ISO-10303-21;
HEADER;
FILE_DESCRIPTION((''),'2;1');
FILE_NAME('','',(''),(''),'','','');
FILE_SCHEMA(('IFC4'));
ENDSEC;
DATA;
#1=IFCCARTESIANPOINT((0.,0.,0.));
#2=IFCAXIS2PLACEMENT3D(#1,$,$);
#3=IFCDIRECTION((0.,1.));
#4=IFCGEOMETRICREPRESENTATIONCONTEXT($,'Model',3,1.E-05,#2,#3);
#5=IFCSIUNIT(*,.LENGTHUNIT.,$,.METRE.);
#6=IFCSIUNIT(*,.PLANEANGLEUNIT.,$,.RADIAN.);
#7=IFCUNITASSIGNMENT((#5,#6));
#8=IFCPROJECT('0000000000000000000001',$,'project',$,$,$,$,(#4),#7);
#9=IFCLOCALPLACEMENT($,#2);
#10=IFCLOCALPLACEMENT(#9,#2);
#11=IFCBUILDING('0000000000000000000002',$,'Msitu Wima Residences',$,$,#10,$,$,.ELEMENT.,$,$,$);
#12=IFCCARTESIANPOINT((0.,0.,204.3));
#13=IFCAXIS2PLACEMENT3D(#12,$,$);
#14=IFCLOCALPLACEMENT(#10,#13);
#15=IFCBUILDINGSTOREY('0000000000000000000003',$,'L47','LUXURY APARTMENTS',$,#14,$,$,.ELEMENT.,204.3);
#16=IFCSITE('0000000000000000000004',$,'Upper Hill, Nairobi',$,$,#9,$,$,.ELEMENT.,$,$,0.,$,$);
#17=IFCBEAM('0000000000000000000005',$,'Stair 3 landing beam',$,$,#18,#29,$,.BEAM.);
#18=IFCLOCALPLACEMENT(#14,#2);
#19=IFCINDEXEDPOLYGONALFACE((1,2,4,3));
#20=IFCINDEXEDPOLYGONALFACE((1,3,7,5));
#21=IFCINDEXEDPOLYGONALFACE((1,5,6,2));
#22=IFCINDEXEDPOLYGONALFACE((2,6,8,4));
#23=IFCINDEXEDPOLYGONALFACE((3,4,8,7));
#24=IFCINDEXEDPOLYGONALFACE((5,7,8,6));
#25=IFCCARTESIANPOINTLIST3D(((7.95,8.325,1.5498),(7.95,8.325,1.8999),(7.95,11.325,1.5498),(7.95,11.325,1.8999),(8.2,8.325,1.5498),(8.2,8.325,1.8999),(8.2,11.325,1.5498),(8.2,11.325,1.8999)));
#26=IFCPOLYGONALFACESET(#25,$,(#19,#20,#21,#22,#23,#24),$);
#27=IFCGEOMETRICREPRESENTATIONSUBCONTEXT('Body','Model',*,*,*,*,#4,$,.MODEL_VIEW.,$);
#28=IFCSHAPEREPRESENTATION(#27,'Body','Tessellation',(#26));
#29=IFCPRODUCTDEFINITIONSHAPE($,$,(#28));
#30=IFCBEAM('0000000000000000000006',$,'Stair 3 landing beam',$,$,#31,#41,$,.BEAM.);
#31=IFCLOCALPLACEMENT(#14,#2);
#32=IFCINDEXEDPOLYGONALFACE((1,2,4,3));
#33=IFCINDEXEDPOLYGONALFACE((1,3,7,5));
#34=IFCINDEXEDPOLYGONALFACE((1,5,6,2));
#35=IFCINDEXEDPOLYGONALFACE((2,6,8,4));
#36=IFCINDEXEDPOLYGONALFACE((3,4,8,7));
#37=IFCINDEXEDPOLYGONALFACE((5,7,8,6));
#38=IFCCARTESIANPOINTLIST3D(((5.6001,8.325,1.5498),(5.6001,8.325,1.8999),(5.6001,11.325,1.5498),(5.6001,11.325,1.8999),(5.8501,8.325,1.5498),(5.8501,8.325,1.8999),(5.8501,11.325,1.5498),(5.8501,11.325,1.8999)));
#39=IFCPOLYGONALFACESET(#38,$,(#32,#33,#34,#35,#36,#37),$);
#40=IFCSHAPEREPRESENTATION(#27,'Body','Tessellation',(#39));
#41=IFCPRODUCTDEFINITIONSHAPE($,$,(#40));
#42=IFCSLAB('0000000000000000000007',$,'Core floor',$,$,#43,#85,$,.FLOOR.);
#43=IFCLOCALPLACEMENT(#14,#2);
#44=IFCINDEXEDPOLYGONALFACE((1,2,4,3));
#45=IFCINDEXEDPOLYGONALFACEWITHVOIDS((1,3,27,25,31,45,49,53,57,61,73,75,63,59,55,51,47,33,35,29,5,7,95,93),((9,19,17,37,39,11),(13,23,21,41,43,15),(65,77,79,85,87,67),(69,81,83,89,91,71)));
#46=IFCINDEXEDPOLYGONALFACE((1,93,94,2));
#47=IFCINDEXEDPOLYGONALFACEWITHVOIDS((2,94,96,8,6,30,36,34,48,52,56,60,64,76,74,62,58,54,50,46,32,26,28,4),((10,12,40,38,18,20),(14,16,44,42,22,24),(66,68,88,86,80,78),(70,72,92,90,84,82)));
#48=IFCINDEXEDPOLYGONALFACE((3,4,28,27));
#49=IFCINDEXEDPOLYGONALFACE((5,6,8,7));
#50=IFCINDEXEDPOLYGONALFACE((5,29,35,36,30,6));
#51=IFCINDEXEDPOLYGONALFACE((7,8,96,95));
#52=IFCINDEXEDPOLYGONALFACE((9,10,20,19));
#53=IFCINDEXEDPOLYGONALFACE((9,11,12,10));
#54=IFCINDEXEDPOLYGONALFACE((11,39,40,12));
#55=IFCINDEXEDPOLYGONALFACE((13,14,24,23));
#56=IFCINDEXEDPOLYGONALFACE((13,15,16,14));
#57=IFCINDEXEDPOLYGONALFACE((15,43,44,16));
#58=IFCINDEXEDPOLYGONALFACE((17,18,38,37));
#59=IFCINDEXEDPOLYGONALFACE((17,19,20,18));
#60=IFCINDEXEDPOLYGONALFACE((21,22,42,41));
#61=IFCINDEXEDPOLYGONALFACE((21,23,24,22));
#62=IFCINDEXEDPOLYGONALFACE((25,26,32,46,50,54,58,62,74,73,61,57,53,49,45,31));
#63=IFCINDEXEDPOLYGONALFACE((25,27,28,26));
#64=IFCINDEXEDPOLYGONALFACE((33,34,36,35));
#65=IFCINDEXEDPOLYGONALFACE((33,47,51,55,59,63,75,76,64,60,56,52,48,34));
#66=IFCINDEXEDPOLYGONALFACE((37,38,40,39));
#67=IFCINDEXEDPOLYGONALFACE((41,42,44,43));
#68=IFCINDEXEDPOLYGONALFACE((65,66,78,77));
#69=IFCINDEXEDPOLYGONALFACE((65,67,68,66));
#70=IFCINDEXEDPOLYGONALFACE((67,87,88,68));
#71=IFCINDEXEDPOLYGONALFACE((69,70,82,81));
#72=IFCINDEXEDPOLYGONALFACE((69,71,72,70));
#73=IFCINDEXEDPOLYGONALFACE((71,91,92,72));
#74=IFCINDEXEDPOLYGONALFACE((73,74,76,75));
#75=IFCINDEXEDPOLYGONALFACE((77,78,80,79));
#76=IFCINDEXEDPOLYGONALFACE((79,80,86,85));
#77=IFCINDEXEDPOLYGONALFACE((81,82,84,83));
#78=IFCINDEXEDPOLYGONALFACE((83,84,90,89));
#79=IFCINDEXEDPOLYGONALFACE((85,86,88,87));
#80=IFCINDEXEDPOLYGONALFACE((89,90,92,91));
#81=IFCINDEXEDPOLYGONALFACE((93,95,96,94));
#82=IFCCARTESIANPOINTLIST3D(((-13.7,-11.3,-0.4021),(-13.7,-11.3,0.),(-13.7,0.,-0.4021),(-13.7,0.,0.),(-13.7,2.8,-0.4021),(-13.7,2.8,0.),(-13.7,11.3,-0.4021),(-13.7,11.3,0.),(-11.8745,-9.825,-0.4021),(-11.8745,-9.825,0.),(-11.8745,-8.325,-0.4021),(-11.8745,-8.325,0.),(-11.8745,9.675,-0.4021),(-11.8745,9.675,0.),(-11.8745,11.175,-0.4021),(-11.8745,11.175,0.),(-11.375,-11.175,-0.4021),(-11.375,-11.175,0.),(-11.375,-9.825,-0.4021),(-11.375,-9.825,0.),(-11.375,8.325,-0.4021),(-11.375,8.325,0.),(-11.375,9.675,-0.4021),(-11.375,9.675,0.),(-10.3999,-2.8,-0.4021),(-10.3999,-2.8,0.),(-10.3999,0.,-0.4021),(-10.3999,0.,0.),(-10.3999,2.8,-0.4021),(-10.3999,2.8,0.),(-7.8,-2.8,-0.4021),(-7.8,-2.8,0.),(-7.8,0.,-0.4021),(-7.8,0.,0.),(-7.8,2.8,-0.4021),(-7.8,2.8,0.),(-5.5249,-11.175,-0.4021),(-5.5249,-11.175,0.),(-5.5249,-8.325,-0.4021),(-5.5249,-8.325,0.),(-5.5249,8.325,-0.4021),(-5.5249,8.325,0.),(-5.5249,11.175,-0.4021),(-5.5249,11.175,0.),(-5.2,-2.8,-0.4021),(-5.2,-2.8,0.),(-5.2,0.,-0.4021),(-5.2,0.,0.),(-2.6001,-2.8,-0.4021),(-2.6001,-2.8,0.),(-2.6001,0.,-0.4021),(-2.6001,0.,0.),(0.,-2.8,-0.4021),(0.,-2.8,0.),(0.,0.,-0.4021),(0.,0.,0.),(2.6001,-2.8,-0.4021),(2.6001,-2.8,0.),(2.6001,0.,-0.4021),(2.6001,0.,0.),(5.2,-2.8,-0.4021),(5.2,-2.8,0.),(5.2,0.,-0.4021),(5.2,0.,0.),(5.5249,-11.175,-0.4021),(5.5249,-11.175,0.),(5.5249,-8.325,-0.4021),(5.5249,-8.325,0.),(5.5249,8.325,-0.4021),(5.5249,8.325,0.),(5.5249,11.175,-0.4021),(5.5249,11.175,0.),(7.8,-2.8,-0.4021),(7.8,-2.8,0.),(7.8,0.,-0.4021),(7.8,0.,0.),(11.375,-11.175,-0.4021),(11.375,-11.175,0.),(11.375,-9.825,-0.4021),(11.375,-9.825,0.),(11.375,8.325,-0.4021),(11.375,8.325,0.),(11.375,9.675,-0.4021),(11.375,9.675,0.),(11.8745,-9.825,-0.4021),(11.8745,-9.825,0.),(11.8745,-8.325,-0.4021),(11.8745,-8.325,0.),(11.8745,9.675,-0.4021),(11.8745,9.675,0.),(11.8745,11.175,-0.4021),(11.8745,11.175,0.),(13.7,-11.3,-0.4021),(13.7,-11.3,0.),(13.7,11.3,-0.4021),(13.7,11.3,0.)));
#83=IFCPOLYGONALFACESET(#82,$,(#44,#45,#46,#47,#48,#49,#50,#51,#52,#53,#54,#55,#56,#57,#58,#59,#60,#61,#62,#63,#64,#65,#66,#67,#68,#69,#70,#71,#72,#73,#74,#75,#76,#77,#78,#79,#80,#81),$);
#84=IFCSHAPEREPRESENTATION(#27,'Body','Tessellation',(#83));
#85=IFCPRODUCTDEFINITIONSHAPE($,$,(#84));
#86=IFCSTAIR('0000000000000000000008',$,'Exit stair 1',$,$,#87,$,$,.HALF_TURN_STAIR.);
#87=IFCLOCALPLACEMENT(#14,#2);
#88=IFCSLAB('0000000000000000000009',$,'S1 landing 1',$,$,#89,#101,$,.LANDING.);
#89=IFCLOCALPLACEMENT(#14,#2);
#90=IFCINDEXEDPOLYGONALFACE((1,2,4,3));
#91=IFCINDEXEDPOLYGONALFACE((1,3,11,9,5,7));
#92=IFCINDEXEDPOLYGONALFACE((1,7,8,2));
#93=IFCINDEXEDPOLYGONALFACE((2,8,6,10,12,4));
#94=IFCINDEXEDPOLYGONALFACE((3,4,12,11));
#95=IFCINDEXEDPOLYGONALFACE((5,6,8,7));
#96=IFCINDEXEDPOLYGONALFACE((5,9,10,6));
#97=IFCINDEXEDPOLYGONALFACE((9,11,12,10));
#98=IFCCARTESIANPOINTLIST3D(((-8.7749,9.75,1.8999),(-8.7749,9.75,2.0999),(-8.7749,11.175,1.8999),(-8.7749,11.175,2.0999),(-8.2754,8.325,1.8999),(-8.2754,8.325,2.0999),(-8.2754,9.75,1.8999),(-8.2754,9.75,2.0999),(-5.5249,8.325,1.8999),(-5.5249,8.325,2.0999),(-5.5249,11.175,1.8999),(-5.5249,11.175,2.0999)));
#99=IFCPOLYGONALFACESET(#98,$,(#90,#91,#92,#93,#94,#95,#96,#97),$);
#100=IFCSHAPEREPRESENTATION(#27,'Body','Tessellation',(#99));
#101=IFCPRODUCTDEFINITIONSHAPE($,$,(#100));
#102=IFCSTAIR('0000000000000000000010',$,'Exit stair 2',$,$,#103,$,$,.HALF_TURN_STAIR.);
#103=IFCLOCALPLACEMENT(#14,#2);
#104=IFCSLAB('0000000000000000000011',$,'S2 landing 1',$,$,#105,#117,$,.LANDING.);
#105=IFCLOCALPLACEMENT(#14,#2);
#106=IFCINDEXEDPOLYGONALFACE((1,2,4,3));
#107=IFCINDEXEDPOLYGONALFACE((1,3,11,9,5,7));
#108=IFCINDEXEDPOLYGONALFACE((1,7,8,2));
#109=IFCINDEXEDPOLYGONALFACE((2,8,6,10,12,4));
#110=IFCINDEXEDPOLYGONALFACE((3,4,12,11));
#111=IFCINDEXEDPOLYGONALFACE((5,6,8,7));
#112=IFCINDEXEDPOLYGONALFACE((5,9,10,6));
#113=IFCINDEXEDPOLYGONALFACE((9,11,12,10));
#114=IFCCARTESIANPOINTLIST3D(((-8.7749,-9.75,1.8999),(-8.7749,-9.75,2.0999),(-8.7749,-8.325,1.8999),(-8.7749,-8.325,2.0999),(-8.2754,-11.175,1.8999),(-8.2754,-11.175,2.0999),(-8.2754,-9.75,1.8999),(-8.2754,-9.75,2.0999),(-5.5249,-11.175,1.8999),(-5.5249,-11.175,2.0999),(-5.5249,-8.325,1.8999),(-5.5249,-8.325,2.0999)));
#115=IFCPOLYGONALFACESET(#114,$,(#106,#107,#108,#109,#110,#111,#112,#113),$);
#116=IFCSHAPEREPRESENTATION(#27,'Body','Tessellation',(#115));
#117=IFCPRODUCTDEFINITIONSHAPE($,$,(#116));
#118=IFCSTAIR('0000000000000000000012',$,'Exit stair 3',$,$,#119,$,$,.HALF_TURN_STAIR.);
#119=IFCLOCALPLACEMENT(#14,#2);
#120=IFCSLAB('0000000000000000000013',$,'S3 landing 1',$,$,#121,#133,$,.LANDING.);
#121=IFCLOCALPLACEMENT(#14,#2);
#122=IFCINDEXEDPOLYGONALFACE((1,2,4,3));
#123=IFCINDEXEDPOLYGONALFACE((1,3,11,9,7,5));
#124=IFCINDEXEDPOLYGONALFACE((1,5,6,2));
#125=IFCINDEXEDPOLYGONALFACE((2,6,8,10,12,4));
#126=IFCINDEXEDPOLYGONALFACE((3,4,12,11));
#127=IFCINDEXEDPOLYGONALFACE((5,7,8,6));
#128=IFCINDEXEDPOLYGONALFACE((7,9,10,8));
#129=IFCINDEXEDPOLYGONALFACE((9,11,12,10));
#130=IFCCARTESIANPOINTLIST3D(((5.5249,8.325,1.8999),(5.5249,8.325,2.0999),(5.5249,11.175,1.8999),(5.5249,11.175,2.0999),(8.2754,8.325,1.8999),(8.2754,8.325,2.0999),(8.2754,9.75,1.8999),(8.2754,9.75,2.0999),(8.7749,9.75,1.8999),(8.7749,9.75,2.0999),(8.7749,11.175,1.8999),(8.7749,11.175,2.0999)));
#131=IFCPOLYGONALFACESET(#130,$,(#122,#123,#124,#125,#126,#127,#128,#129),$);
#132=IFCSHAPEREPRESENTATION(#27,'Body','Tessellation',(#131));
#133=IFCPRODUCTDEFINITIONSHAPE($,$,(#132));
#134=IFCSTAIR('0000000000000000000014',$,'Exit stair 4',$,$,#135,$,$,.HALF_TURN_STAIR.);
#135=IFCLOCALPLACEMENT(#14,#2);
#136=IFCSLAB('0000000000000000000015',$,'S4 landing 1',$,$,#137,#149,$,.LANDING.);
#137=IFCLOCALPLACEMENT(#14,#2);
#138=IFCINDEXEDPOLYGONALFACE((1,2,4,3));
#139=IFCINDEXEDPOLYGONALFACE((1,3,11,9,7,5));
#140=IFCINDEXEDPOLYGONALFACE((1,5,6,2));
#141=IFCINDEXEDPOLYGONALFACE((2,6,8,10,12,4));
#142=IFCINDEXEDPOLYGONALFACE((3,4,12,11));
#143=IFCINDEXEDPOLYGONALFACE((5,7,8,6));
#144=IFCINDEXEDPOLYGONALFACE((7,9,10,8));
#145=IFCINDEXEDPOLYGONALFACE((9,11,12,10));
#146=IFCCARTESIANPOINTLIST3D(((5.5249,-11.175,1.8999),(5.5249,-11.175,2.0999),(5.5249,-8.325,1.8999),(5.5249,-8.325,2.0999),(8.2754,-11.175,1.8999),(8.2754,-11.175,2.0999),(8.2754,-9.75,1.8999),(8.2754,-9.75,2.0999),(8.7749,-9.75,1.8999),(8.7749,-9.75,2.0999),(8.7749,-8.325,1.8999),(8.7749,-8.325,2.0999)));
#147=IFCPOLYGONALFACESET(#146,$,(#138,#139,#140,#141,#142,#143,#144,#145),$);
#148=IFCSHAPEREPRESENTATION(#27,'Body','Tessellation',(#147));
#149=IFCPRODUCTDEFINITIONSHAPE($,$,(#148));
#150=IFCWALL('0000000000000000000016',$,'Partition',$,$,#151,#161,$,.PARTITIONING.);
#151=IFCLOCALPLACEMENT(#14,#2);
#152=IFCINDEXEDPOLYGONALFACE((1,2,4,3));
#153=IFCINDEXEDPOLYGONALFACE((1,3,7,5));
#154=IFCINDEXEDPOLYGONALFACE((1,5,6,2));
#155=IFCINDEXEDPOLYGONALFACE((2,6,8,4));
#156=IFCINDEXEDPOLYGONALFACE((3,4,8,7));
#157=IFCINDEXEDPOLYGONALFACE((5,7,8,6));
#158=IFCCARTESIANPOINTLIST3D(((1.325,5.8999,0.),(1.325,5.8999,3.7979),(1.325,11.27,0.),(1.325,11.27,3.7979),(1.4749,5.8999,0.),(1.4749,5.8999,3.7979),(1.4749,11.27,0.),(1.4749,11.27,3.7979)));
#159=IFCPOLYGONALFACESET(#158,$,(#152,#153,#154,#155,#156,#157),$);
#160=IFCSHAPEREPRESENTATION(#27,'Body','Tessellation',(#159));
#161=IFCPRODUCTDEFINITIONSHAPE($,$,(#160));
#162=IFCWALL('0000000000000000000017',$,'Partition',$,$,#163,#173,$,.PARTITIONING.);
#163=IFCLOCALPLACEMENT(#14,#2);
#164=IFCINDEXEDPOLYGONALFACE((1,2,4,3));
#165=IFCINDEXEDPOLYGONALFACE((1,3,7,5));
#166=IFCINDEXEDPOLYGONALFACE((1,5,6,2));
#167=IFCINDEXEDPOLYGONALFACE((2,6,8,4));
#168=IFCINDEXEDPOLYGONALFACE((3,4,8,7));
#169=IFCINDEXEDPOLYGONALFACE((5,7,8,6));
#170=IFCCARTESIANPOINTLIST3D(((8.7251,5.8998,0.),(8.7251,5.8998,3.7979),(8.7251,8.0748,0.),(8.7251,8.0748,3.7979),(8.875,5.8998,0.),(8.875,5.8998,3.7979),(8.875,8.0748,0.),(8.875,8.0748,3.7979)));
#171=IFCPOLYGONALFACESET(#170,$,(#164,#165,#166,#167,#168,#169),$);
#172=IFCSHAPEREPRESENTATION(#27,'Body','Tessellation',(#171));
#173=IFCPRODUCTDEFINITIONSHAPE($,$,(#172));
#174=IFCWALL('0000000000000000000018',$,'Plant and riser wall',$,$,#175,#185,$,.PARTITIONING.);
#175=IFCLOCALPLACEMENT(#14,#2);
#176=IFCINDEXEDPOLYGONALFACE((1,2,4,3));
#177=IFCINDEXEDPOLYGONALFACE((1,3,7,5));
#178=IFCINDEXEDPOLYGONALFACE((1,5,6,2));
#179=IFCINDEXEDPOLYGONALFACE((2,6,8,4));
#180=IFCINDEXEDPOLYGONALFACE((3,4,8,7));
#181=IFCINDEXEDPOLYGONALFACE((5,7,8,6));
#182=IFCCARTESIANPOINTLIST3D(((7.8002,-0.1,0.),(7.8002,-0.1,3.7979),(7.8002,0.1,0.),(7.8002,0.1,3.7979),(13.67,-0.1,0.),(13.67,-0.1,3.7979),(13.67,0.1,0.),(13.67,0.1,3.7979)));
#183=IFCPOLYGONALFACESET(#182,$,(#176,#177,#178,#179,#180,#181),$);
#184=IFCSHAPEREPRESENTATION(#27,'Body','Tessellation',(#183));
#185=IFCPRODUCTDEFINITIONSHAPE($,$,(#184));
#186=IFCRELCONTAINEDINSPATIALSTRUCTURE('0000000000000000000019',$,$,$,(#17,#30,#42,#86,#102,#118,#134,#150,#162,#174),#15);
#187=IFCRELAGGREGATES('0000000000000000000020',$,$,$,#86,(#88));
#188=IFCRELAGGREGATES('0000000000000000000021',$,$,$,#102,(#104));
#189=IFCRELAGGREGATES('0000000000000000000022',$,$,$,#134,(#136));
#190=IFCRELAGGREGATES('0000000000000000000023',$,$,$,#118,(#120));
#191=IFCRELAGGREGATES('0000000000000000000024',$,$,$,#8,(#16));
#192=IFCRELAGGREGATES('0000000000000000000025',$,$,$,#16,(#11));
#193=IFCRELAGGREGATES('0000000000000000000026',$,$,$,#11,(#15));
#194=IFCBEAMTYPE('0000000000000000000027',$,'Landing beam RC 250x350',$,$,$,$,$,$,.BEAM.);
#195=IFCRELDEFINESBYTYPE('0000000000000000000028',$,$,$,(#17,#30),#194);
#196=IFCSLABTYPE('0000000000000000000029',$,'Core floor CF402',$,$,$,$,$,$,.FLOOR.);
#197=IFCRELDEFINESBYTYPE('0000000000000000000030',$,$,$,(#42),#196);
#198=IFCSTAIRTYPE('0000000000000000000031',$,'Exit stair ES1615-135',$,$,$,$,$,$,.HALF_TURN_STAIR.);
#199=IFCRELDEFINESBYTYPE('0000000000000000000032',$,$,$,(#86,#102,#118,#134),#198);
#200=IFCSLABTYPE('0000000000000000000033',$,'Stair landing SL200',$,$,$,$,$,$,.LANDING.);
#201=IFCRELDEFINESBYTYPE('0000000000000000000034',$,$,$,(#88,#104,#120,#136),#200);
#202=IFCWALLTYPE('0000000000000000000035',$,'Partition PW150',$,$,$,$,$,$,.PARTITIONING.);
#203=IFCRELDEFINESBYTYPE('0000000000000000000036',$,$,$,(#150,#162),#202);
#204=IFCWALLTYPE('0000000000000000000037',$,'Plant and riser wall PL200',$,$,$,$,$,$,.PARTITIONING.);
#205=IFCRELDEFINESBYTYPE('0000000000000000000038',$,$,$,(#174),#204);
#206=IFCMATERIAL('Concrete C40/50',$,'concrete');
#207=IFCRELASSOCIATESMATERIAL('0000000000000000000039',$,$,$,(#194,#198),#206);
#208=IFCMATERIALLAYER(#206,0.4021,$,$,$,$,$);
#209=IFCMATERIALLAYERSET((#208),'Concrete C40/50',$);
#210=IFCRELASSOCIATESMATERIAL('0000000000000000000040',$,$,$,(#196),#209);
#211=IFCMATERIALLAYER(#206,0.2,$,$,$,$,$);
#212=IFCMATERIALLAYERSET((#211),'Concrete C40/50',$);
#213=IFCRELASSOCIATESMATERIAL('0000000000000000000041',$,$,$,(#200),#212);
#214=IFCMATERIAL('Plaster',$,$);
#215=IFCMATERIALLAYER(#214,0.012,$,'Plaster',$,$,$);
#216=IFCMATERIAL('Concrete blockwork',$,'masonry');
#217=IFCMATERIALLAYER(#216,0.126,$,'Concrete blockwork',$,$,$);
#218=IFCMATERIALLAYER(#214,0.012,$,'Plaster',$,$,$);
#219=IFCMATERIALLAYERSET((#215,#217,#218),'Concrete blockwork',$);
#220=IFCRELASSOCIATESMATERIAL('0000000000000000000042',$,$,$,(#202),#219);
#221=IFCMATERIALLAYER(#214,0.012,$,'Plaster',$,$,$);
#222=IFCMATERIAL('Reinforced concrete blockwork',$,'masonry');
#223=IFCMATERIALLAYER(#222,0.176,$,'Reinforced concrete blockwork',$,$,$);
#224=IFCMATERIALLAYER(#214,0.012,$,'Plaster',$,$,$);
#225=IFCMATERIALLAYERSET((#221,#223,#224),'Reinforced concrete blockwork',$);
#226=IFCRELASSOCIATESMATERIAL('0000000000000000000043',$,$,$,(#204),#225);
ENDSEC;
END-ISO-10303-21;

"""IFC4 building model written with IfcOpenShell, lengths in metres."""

from ifc_helpers import new_model, si_unit, direction, frame, frame_2d, origin, origin_2d, place, context, subcontext, project, spatial, polyline, rectangle, outline, extrude, material, layer, layer_set, material_profile, profile_set, type_object, element, aggregate, save


model = new_model("IFC4")

# Units and contexts
model_context = context("Model", 3, precision=1e-05, world=origin(), true_north=direction((0.0, 1.0)))
body_context = subcontext(model_context, "Body", "Model", "MODEL_VIEW")
ifc_project = project(units=[si_unit("LENGTHUNIT", "METRE"), si_unit("PLANEANGLEUNIT", "RADIAN")], contexts=[model_context])

# Site, building, storey
site_placement = place(None, origin())
site = spatial("IfcSite", under=ifc_project, at=site_placement, Name="Upper Hill, Nairobi", CompositionType="ELEMENT", RefElevation=0.0)
building_placement = place(site_placement, origin())
building = spatial("IfcBuilding", under=site, at=building_placement, Name="Msitu Wima Residences", CompositionType="ELEMENT")
storey_placement = place(building_placement, frame((0.0, 0.0, 204.3)))
storey = spatial("IfcBuildingStorey", under=building, at=storey_placement, Name="L47", Description="LUXURY APARTMENTS", CompositionType="ELEMENT", Elevation=204.3)

# Beams
ifc_material_1 = material(Name="Concrete C40/50", Category="concrete")
ifc_material_profile = material_profile(ifc_material_1, rectangle(XDim=0.25, YDim=0.3501, at=origin_2d()), Name="RC 250x350")
ifc_profile_set = profile_set([ifc_material_profile], Name="Concrete C40/50")
beam_type = type_object("IfcBeamType", Name="Landing beam RC 250x350", PredefinedType="BEAM", material=ifc_profile_set)
for number, where, z_axis, x_axis, name in (
    (1, (8.075, 8.325, 1.7249), (0.0, 1.0, 0.0), (-1.0, 0.0, 0.0), "Stair 3 landing beam"),
    (2, (5.7251, 8.325, 1.7249), (0.0, 1.0, 0.0), (-1.0, 0.0, 0.0), "Stair 3 landing beam"),
):
    element("IfcBeam", number, at=place(storey_placement, frame(where, z_axis=z_axis, x_axis=x_axis)), inside=storey, type_object=beam_type, Name=name, PredefinedType="BEAM", context=body_context, shape_type="SweptSolid", body=[
        extrude(rectangle(XDim=0.25, YDim=0.3501, at=origin_2d()), origin(), (0.0, 0.0, 1.0), 3.0),
    ])

# Slab
ifc_layer_1 = layer(ifc_material_1, 0.4021)
ifc_layer_set_1 = layer_set([ifc_layer_1], Name="Concrete C40/50")
slab_type_1 = type_object("IfcSlabType", Name="Core floor CF402", PredefinedType="FLOOR", material=ifc_layer_set_1)
slab_1_placement = place(storey_placement, frame((0.0, 0.0, -0.4021)))
element("IfcSlab", 3, at=slab_1_placement, inside=storey, type_object=slab_type_1, Name="Core floor", PredefinedType="FLOOR", context=body_context, shape_type="SweptSolid", body=[
    extrude(outline(polyline([(-13.7, 11.3), (-13.7, 2.8), (-10.3999, 2.8), (-7.8, 2.8), (-7.8, 0.0), (-5.2, 0.0), (-2.6001, 0.0), (0.0, 0.0), (2.6001, 0.0), (5.2, 0.0), (7.8, 0.0), (7.8, -2.8), (5.2, -2.8), (2.6001, -2.8), (0.0, -2.8), (-2.6001, -2.8), (-5.2, -2.8), (-7.8, -2.8), (-10.3999, -2.8), (-10.3999, 0.0), (-13.7, 0.0), (-13.7, -11.3), (13.7, -11.3), (13.7, 11.3), (-13.7, 11.3)]), holes=[polyline([(-11.375, -11.175), (-11.375, -9.825), (-11.8745, -9.825), (-11.8745, -8.325), (-5.5249, -8.325), (-5.5249, -11.175), (-11.375, -11.175)]), polyline([(-11.375, 8.325), (-11.375, 9.675), (-11.8745, 9.675), (-11.8745, 11.175), (-5.5249, 11.175), (-5.5249, 8.325), (-11.375, 8.325)]), polyline([(11.375, -9.825), (11.375, -11.175), (5.5249, -11.175), (5.5249, -8.325), (11.8745, -8.325), (11.8745, -9.825), (11.375, -9.825)]), polyline([(11.375, 9.675), (11.375, 8.325), (5.5249, 8.325), (5.5249, 11.175), (11.8745, 11.175), (11.8745, 9.675), (11.375, 9.675)])]), origin(), (0.0, 0.0, 1.0), 0.4021),
])

# Stairs, slabs
stair_type = type_object("IfcStairType", Name="Exit stair ES1615-135", PredefinedType="HALF_TURN_STAIR", material=ifc_material_1)
stair_1_placement = place(storey_placement, origin())
stair_1 = element("IfcStair", 4, at=stair_1_placement, inside=storey, type_object=stair_type, Name="Exit stair 1", PredefinedType="HALF_TURN_STAIR")
ifc_layer_2 = layer(ifc_material_1, 0.2)
ifc_layer_set_2 = layer_set([ifc_layer_2], Name="Concrete C40/50")
slab_type_2 = type_object("IfcSlabType", Name="Stair landing SL200", PredefinedType="LANDING", material=ifc_layer_set_2)
slab_2_placement = place(storey_placement, frame((0.0, 0.0, 1.8999)))
slab_2 = element("IfcSlab", 5, at=slab_2_placement, type_object=slab_type_2, Name="S1 landing 1", PredefinedType="LANDING", context=body_context, shape_type="SweptSolid", body=[
    extrude(outline(polyline([(-5.5249, 8.325), (-8.2754, 8.325), (-8.2754, 9.75), (-8.7749, 9.75), (-8.7749, 11.175), (-5.5249, 11.175), (-5.5249, 8.325)])), origin(), (0.0, 0.0, 1.0), 0.2),
])
aggregate(stair_1, [slab_2])
stair_2_placement = place(storey_placement, origin())
stair_2 = element("IfcStair", 6, at=stair_2_placement, inside=storey, type_object=stair_type, Name="Exit stair 2", PredefinedType="HALF_TURN_STAIR")
slab_3_placement = place(storey_placement, frame((0.0, 0.0, 1.8999)))
slab_3 = element("IfcSlab", 7, at=slab_3_placement, type_object=slab_type_2, Name="S2 landing 1", PredefinedType="LANDING", context=body_context, shape_type="SweptSolid", body=[
    extrude(outline(polyline([(-5.5249, -11.175), (-8.2754, -11.175), (-8.2754, -9.75), (-8.7749, -9.75), (-8.7749, -8.325), (-5.5249, -8.325), (-5.5249, -11.175)])), origin(), (0.0, 0.0, 1.0), 0.2),
])
aggregate(stair_2, [slab_3])
stair_3_placement = place(storey_placement, origin())
stair_3 = element("IfcStair", 8, at=stair_3_placement, inside=storey, type_object=stair_type, Name="Exit stair 3", PredefinedType="HALF_TURN_STAIR")
slab_4_placement = place(storey_placement, frame((0.0, 0.0, 1.8999)))
slab_4 = element("IfcSlab", 9, at=slab_4_placement, type_object=slab_type_2, Name="S3 landing 1", PredefinedType="LANDING", context=body_context, shape_type="SweptSolid", body=[
    extrude(outline(polyline([(5.5249, 8.325), (8.2754, 8.325), (8.2754, 9.75), (8.7749, 9.75), (8.7749, 11.175), (5.5249, 11.175), (5.5249, 8.325)])), origin(), (0.0, 0.0, 1.0), 0.2),
])
stair_4_placement = place(storey_placement, origin())
stair_4 = element("IfcStair", 10, at=stair_4_placement, inside=storey, type_object=stair_type, Name="Exit stair 4", PredefinedType="HALF_TURN_STAIR")
slab_5_placement = place(storey_placement, frame((0.0, 0.0, 1.8999)))
slab_5 = element("IfcSlab", 11, at=slab_5_placement, type_object=slab_type_2, Name="S4 landing 1", PredefinedType="LANDING", context=body_context, shape_type="SweptSolid", body=[
    extrude(outline(polyline([(5.5249, -11.175), (8.2754, -11.175), (8.2754, -9.75), (8.7749, -9.75), (8.7749, -8.325), (5.5249, -8.325), (5.5249, -11.175)])), origin(), (0.0, 0.0, 1.0), 0.2),
])
aggregate(stair_4, [slab_5])

# Walls
ifc_material_2 = material(Name="Plaster")
ifc_layer_3 = layer(ifc_material_2, 0.012, Name="Plaster")
ifc_material_3 = material(Name="Concrete blockwork", Category="masonry")
ifc_layer_4 = layer(ifc_material_3, 0.126, Name="Concrete blockwork")
ifc_layer_5 = layer(ifc_material_2, 0.012, Name="Plaster")
ifc_layer_set_3 = layer_set([ifc_layer_3, ifc_layer_4, ifc_layer_5], Name="Concrete blockwork")
wall_type_1 = type_object("IfcWallType", Name="Partition PW150", PredefinedType="PARTITIONING", material=ifc_layer_set_3)
wall_1_placement = place(storey_placement, frame((1.3999, 5.8999, 0.0), z_axis=(0.0, 0.0, 1.0), x_axis=(0.0, 1.0, 0.0)))
element("IfcWall", 12, at=wall_1_placement, inside=storey, type_object=wall_type_1, Name="Partition", PredefinedType="PARTITIONING", context=body_context, shape_type="SweptSolid", body=[
    extrude(rectangle(XDim=5.3701, YDim=0.1499, at=frame_2d((2.6851, 0.0))), origin(), (0.0, 0.0, 1.0), 3.7979),
])
wall_2_placement = place(storey_placement, frame((8.8, 5.8999, 0.0), z_axis=(0.0, 0.0, 1.0), x_axis=(0.0, 1.0, 0.0)))
element("IfcWall", 13, at=wall_2_placement, inside=storey, type_object=wall_type_1, Name="Partition", PredefinedType="PARTITIONING", context=body_context, shape_type="SweptSolid", body=[
    extrude(rectangle(XDim=2.175, YDim=0.1499, at=frame_2d((1.0874, 0.0))), origin(), (0.0, 0.0, 1.0), 3.7979),
])
ifc_layer_6 = layer(ifc_material_2, 0.012, Name="Plaster")
ifc_material_4 = material(Name="Reinforced concrete blockwork", Category="masonry")
ifc_layer_7 = layer(ifc_material_4, 0.176, Name="Reinforced concrete blockwork")
ifc_layer_8 = layer(ifc_material_2, 0.012, Name="Plaster")
ifc_layer_set_4 = layer_set([ifc_layer_6, ifc_layer_7, ifc_layer_8], Name="Reinforced concrete blockwork")
wall_type_2 = type_object("IfcWallType", Name="Plant and riser wall PL200", PredefinedType="PARTITIONING", material=ifc_layer_set_4)
wall_3_placement = place(storey_placement, frame((7.8, 0.0, 0.0), z_axis=(0.0, 0.0, 1.0), x_axis=(1.0, 0.0, 0.0)))
element("IfcWall", 14, at=wall_3_placement, inside=storey, type_object=wall_type_2, Name="Plant and riser wall", PredefinedType="PARTITIONING", context=body_context, shape_type="SweptSolid", body=[
    extrude(rectangle(XDim=5.8699, YDim=0.2, at=frame_2d((2.9351, 0.0))), origin(), (0.0, 0.0, 1.0), 3.7979),
])

aggregate(stair_3, [slab_4])

save(model, "model.ifc")
